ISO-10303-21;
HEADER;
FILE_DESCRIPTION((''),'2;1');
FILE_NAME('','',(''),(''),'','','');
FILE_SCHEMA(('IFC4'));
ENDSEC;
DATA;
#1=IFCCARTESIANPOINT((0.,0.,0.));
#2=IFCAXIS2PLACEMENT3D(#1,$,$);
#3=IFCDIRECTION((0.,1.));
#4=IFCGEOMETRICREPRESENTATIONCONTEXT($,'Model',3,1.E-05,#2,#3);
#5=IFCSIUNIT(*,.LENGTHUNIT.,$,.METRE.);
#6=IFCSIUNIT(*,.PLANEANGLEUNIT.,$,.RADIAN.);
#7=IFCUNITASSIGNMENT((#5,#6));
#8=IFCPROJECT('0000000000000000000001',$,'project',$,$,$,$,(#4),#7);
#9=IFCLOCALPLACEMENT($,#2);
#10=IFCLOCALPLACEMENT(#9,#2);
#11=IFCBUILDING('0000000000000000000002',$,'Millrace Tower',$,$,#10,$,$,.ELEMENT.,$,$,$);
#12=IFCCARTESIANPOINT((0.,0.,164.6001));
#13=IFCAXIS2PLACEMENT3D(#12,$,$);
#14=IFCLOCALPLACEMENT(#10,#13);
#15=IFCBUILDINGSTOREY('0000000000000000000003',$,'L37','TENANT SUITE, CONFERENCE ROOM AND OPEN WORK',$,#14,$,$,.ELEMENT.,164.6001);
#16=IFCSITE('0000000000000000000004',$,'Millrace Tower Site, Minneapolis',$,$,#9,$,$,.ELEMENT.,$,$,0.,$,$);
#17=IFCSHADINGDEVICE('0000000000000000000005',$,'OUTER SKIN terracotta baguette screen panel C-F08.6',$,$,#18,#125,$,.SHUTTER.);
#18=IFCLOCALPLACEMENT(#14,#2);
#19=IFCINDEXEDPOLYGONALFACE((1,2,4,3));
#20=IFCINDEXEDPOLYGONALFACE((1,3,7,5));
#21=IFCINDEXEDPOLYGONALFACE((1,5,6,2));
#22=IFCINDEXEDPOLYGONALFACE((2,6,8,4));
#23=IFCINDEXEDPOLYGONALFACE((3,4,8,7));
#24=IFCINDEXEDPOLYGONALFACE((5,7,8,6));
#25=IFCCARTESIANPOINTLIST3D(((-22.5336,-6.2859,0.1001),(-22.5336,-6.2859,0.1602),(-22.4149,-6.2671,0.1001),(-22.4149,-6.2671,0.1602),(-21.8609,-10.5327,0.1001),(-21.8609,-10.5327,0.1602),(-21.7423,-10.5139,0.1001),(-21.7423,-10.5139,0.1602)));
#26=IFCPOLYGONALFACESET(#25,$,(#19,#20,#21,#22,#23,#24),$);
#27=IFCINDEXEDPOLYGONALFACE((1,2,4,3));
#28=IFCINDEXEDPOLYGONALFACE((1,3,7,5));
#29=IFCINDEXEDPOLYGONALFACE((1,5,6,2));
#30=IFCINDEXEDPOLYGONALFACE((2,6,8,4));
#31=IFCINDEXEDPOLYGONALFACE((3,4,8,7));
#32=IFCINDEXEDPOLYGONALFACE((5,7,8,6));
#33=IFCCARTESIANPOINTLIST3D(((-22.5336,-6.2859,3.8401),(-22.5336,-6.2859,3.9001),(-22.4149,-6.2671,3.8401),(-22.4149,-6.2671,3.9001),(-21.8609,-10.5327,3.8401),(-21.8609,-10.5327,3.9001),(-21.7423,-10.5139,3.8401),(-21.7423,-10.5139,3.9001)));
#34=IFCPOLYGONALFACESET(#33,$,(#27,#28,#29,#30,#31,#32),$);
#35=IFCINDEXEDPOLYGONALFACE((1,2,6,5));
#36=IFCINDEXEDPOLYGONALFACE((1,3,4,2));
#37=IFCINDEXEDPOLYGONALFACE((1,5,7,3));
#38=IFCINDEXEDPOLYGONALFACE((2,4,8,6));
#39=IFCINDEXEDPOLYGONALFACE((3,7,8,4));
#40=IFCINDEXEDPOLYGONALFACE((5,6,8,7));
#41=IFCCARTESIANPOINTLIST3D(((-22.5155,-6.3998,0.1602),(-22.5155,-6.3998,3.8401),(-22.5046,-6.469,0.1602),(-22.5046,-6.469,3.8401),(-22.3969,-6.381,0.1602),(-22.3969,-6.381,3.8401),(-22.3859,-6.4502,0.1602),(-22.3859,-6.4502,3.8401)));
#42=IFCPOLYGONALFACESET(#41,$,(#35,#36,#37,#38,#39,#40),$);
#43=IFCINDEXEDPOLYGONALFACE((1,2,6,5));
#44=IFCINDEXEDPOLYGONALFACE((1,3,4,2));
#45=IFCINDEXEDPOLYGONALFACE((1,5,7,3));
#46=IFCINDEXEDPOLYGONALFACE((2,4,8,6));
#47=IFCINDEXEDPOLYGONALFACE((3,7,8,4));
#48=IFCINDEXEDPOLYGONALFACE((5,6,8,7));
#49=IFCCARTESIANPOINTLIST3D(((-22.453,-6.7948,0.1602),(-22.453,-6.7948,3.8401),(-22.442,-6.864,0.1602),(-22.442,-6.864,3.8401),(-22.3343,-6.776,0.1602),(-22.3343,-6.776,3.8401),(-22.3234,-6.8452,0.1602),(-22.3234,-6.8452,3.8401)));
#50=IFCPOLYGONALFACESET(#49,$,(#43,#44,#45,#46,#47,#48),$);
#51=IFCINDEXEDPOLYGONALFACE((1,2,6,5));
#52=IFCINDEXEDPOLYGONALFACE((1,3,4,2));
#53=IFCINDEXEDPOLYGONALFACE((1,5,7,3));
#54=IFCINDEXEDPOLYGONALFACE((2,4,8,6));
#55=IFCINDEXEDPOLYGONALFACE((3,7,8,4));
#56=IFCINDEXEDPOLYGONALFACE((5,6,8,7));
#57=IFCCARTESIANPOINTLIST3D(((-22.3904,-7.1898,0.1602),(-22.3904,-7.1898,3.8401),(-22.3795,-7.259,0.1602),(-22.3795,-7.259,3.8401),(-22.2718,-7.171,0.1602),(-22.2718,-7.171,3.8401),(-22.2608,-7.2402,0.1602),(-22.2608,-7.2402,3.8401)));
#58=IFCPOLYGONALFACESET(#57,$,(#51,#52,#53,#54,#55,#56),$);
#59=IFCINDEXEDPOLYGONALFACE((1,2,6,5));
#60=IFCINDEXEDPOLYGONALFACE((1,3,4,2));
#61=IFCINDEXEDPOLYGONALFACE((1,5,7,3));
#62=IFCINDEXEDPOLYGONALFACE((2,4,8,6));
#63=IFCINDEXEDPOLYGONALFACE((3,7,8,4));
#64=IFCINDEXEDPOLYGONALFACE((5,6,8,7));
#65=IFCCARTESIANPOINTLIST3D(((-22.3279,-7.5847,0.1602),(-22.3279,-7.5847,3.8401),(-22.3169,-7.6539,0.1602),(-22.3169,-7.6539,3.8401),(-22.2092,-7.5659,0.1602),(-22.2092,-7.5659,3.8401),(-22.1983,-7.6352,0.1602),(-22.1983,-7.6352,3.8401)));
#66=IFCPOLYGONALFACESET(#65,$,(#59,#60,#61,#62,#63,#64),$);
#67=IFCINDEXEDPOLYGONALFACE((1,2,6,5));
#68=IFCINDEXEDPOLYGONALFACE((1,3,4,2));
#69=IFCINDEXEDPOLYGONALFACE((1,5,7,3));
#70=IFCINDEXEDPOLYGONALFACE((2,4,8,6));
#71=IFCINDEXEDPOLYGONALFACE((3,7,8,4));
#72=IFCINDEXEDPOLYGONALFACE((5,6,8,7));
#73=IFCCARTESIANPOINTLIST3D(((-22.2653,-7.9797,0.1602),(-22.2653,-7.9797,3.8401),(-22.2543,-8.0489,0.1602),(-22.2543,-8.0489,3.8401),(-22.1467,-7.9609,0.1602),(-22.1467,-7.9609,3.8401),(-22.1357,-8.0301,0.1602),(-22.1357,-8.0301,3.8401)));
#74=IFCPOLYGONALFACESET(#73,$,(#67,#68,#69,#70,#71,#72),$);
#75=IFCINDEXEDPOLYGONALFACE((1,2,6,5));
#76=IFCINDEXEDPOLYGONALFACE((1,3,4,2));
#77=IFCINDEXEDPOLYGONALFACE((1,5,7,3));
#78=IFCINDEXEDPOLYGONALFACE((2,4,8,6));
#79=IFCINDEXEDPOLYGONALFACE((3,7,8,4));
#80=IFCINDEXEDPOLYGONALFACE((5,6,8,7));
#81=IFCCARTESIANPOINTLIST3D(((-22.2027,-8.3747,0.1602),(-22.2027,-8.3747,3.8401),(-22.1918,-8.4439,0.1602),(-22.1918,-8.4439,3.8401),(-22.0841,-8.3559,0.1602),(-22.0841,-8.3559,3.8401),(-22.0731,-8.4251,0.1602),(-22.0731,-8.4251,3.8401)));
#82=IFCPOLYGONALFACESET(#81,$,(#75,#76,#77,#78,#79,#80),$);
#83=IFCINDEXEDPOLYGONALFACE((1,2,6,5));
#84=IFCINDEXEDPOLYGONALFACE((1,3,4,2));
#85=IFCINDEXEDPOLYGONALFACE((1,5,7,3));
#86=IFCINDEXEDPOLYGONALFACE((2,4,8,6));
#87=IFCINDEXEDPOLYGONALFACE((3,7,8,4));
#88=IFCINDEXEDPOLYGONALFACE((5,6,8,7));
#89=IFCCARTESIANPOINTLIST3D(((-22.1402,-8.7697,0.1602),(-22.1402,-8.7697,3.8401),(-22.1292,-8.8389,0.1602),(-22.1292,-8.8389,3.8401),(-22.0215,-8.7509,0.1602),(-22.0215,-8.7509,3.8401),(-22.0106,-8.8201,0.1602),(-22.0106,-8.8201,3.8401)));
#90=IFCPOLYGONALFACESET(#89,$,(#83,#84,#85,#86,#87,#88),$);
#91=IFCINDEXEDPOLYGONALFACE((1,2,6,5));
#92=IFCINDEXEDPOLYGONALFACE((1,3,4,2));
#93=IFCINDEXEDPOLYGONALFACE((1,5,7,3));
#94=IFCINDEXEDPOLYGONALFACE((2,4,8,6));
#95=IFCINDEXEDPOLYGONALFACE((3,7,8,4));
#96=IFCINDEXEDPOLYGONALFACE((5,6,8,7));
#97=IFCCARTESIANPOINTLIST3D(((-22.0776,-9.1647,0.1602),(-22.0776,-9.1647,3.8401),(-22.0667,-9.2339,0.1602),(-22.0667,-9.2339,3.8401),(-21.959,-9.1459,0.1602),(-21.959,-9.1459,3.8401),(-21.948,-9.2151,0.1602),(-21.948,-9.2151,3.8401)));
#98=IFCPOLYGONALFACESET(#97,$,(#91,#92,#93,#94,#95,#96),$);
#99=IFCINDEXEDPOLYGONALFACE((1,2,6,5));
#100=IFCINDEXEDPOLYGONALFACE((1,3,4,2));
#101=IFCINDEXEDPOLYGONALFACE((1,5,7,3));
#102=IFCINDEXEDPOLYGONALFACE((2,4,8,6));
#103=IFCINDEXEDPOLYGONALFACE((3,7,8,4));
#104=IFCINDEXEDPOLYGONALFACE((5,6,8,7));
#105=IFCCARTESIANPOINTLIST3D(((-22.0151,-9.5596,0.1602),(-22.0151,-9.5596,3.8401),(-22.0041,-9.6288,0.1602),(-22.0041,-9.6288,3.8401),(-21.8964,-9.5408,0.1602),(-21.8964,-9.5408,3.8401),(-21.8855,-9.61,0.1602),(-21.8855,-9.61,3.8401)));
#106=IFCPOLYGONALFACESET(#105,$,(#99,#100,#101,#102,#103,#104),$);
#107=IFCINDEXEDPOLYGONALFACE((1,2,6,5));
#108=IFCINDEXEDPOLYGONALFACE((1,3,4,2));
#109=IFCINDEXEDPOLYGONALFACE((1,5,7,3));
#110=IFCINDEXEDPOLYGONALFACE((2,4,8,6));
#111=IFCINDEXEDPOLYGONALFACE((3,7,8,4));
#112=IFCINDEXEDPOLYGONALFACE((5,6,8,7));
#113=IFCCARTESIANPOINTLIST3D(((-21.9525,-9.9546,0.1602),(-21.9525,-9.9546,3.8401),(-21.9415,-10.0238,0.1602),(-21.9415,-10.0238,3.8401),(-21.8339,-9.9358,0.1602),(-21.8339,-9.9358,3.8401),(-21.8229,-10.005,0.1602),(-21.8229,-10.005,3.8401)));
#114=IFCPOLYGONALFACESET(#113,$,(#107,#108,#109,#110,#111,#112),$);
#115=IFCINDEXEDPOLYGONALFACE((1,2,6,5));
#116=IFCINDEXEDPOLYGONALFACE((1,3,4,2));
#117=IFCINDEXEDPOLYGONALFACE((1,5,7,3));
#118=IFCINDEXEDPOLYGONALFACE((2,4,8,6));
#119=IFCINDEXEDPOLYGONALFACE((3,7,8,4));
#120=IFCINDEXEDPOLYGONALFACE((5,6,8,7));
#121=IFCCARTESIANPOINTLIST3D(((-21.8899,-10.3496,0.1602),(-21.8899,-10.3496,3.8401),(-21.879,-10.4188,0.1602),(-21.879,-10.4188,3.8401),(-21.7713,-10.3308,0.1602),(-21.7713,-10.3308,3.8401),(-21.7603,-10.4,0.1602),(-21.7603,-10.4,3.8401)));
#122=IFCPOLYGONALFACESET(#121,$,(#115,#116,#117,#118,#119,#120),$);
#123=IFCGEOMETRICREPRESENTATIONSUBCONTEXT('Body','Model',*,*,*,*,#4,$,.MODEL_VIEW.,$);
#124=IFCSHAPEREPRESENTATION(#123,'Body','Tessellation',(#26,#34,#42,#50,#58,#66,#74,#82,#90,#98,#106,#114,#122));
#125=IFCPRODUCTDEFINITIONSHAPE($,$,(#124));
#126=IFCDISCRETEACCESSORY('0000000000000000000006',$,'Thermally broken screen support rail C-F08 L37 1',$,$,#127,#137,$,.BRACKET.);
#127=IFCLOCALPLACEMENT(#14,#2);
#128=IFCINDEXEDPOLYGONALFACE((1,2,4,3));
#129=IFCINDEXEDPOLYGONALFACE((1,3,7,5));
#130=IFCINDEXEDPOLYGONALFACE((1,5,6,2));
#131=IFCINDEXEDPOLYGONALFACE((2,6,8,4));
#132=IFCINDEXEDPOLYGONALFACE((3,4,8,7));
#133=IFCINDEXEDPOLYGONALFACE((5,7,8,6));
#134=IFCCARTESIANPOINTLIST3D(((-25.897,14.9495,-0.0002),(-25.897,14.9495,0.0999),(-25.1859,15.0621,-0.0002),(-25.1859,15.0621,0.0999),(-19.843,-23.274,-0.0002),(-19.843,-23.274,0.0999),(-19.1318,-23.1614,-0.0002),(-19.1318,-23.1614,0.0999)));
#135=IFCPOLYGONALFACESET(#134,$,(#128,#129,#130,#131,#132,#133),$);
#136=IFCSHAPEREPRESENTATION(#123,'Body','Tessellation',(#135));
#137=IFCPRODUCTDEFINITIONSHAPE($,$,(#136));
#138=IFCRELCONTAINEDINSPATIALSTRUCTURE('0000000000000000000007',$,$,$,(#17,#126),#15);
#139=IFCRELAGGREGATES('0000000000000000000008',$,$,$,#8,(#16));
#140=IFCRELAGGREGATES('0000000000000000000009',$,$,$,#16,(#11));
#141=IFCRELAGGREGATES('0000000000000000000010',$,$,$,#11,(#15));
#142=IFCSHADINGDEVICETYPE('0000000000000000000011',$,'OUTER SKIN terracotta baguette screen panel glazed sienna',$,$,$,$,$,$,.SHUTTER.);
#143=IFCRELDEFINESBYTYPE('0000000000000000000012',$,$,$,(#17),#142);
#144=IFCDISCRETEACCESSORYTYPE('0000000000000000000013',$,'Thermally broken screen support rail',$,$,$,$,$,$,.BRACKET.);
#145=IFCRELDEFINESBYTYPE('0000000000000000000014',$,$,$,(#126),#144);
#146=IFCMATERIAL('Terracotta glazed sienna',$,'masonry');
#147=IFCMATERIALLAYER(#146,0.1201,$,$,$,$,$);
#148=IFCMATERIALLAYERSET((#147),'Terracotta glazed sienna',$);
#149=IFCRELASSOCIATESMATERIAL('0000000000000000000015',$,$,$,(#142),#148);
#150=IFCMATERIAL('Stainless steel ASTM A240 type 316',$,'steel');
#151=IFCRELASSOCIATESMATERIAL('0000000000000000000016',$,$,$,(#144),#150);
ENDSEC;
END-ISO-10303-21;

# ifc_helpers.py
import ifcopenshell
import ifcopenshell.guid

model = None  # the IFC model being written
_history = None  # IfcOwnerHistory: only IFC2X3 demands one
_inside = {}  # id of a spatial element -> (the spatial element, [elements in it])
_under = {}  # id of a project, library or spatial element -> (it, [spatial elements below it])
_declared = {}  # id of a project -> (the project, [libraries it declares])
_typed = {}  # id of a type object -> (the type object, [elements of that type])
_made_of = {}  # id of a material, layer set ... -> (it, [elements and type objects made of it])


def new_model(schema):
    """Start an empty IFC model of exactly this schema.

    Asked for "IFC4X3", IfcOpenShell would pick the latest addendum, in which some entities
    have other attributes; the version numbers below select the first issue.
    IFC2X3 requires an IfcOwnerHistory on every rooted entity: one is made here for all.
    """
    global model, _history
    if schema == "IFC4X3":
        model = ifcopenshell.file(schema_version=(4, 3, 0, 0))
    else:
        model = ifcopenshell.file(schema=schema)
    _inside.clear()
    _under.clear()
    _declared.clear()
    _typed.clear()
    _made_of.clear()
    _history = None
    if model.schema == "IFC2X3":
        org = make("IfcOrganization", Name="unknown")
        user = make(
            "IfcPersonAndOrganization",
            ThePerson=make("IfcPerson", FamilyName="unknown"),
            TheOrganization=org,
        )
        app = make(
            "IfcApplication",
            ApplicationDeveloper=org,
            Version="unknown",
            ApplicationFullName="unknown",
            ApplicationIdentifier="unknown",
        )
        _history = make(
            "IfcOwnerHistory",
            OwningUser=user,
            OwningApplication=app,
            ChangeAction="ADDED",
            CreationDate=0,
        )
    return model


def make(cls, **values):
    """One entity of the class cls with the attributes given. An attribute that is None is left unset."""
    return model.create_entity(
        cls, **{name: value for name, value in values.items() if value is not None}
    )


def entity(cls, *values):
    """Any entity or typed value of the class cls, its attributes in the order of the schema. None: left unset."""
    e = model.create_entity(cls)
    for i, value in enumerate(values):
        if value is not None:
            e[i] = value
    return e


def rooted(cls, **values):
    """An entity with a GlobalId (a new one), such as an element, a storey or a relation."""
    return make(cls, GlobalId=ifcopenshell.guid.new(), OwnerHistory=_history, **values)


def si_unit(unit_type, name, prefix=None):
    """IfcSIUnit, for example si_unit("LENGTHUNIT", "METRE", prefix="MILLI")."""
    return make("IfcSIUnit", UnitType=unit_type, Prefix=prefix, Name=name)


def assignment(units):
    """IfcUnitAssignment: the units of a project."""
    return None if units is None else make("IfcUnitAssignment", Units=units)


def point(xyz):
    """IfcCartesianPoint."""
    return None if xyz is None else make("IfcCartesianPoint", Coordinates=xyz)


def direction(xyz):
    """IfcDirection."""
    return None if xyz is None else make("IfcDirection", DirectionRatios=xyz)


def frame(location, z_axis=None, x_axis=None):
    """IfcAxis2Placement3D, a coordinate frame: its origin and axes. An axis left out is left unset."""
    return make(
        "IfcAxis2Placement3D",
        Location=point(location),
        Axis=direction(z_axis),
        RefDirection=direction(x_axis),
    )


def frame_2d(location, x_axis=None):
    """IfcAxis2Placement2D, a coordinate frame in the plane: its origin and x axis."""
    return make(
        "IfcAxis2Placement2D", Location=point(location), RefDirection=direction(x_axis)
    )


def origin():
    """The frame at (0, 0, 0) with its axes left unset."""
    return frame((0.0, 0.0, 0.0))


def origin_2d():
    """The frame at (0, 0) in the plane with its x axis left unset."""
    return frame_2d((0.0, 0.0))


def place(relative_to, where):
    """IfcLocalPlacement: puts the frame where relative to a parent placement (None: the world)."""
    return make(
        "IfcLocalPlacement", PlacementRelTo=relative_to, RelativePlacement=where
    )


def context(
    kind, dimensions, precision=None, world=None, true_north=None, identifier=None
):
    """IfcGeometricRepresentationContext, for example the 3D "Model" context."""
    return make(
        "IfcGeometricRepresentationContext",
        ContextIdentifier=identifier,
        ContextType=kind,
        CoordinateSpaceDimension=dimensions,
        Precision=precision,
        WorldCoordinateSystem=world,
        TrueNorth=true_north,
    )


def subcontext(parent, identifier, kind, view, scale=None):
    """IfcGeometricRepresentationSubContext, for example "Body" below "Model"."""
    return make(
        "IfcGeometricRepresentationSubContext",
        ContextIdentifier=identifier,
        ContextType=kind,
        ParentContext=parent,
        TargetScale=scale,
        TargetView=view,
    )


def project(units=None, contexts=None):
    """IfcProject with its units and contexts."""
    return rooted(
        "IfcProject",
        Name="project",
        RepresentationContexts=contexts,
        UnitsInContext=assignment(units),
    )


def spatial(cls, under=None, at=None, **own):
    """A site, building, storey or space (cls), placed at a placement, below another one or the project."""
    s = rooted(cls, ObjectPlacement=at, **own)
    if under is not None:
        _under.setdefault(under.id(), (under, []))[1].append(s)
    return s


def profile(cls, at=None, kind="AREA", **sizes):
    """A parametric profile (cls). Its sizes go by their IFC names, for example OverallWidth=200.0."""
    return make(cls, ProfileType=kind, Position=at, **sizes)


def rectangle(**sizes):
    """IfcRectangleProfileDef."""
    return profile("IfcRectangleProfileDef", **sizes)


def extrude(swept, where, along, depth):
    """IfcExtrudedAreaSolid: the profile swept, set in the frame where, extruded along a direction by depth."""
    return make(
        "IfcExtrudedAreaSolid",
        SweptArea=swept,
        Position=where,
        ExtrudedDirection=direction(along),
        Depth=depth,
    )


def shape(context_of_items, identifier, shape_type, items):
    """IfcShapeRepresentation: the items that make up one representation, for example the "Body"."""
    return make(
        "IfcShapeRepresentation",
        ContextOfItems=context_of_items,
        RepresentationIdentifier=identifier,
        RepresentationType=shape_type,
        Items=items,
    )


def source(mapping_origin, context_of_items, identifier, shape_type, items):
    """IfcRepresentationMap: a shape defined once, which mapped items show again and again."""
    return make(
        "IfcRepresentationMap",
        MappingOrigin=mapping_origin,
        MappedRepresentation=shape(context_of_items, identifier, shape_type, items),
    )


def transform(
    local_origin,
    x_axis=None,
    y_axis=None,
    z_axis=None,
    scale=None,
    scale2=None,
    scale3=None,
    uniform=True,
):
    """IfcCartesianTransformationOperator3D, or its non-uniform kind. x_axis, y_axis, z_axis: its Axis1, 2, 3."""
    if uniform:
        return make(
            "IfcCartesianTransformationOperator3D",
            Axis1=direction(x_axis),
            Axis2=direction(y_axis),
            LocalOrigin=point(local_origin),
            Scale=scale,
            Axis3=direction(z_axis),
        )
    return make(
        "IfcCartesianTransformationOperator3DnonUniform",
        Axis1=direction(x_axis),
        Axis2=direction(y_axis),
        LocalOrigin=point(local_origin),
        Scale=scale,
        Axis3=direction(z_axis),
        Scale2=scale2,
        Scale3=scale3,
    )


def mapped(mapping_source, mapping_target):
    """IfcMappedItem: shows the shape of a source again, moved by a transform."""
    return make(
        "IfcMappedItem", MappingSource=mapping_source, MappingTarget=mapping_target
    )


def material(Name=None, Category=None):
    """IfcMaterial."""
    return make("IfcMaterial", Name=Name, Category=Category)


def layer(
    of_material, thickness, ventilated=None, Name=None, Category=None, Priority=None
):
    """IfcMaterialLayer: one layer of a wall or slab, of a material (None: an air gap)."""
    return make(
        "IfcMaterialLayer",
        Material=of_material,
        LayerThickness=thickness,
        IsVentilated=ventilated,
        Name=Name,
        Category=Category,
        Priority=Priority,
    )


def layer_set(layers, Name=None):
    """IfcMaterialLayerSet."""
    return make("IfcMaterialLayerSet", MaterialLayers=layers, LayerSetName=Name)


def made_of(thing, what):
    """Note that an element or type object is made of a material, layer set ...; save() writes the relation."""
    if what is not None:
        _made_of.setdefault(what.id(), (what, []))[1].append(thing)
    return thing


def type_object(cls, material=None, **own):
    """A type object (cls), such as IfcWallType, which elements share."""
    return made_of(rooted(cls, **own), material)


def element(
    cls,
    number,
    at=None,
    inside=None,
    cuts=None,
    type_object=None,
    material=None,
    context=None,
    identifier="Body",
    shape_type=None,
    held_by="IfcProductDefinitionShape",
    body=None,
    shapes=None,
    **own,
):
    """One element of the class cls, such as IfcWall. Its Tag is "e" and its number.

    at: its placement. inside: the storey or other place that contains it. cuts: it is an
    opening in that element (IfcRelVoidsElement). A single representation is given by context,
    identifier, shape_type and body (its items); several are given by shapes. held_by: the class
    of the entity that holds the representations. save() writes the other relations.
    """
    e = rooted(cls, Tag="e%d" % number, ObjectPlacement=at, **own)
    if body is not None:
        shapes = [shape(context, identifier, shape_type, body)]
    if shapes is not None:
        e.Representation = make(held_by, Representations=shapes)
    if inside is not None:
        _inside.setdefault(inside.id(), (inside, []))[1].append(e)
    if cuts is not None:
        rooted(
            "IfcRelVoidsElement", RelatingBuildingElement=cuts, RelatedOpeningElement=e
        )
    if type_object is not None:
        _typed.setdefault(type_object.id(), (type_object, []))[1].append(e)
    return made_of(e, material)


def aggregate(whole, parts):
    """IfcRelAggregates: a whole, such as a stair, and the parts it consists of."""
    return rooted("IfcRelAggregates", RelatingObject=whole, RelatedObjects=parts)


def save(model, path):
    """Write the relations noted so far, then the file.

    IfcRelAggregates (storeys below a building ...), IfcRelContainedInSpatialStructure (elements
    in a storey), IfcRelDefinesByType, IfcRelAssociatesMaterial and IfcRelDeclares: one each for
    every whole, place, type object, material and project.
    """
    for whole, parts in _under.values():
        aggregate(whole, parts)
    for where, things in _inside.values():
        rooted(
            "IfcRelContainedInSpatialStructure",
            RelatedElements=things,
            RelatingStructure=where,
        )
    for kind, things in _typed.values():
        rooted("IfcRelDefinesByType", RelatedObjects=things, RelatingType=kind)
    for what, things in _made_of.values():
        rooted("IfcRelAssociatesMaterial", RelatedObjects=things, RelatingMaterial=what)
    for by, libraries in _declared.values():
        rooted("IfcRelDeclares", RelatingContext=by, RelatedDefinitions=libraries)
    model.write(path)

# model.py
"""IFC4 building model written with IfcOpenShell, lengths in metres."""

from ifc_helpers import new_model, entity, si_unit, direction, frame, frame_2d, origin, origin_2d, place, context, subcontext, project, spatial, rectangle, extrude, source, transform, mapped, material, layer, layer_set, type_object, element, save


model = new_model("IFC4")

# Units and contexts
model_context = context("Model", 3, precision=1e-05, world=origin(), true_north=direction((0.0, 1.0)))
body_context = subcontext(model_context, "Body", "Model", "MODEL_VIEW")
ifc_project = project(units=[si_unit("LENGTHUNIT", "METRE"), si_unit("PLANEANGLEUNIT", "RADIAN")], contexts=[model_context])

# Site, building, storey
site_placement = place(None, origin())
site = spatial("IfcSite", under=ifc_project, at=site_placement, Name="Millrace Tower Site, Minneapolis", CompositionType="ELEMENT", RefElevation=0.0)
building_placement = place(site_placement, origin())
building = spatial("IfcBuilding", under=site, at=building_placement, Name="Millrace Tower", CompositionType="ELEMENT")
storey_placement = place(building_placement, frame((0.0, 0.0, 164.6001)))
storey = spatial("IfcBuildingStorey", under=building, at=storey_placement, Name="L37", Description="TENANT SUITE, CONFERENCE ROOM AND OPEN WORK", CompositionType="ELEMENT", Elevation=164.6001)

# Shading device
ifc_material_1 = material(Name="Terracotta glazed sienna", Category="masonry")
ifc_layer_1 = layer(ifc_material_1, 0.1201)
ifc_layer_set_1 = layer_set([ifc_layer_1], Name="Terracotta glazed sienna")
shading_device_type = type_object("IfcShadingDeviceType", Name="OUTER SKIN terracotta baguette screen panel glazed sienna", PredefinedType="SHUTTER", material=ifc_layer_set_1)
cartesian_point = entity("IfcCartesianPoint", [-2.1499, 0.0601])
shared_polyline = entity("IfcPolyline", [cartesian_point, entity("IfcCartesianPoint", [2.1499, 0.0601]), entity("IfcCartesianPoint", [2.1499, -0.0601]), entity("IfcCartesianPoint", [-2.1499, -0.0601]), cartesian_point])
shared_shape = source(origin(), body_context, "Body", "SweptSolid", [
    entity("IfcExtrudedAreaSolid", entity("IfcArbitraryClosedProfileDef", "AREA", None, shared_polyline), entity("IfcAxis2Placement3D", entity("IfcCartesianPoint", [0.0, 0.0, 0.0])), entity("IfcDirection", [0.0, 0.0, 1.0]), 0.0601),
    entity("IfcExtrudedAreaSolid", entity("IfcArbitraryClosedProfileDef", "AREA", None, shared_polyline), entity("IfcAxis2Placement3D", entity("IfcCartesianPoint", [0.0, 0.0, 3.74])), entity("IfcDirection", [0.0, 0.0, 1.0]), 0.0601),
    extrude(rectangle(XDim=0.0701, YDim=0.1201, at=frame_2d((-1.9995, 0.0))), frame((0.0, 0.0, 0.0601)), (0.0, 0.0, 1.0), 3.6799),
    extrude(rectangle(XDim=0.0701, YDim=0.1201, at=frame_2d((-1.5996, 0.0))), frame((0.0, 0.0, 0.0601)), (0.0, 0.0, 1.0), 3.6799),
    extrude(rectangle(XDim=0.0701, YDim=0.1201, at=frame_2d((-1.1997, 0.0))), frame((0.0, 0.0, 0.0601)), (0.0, 0.0, 1.0), 3.6799),
    extrude(rectangle(XDim=0.0701, YDim=0.1201, at=frame_2d((-0.7998, 0.0))), frame((0.0, 0.0, 0.0601)), (0.0, 0.0, 1.0), 3.6799),
    extrude(rectangle(XDim=0.0701, YDim=0.1201, at=frame_2d((-0.3999, 0.0))), frame((0.0, 0.0, 0.0601)), (0.0, 0.0, 1.0), 3.6799),
    extrude(rectangle(XDim=0.0701, YDim=0.1201, at=origin_2d()), frame((0.0, 0.0, 0.0601)), (0.0, 0.0, 1.0), 3.6799),
    extrude(rectangle(XDim=0.0701, YDim=0.1201, at=frame_2d((0.3999, 0.0))), frame((0.0, 0.0, 0.0601)), (0.0, 0.0, 1.0), 3.6799),
    extrude(rectangle(XDim=0.0701, YDim=0.1201, at=frame_2d((0.7998, 0.0))), frame((0.0, 0.0, 0.0601)), (0.0, 0.0, 1.0), 3.6799),
    extrude(rectangle(XDim=0.0701, YDim=0.1201, at=frame_2d((1.1997, 0.0))), frame((0.0, 0.0, 0.0601)), (0.0, 0.0, 1.0), 3.6799),
    extrude(rectangle(XDim=0.0701, YDim=0.1201, at=frame_2d((1.5996, 0.0))), frame((0.0, 0.0, 0.0601)), (0.0, 0.0, 1.0), 3.6799),
    extrude(rectangle(XDim=0.0701, YDim=0.1201, at=frame_2d((1.9995, 0.0))), frame((0.0, 0.0, 0.0601)), (0.0, 0.0, 1.0), 3.6799),
])
for number, where, z_axis, x_axis, name in (
    (1, (-22.1379, -8.3999, 0.1001), (0.0, 0.0, 1.0), (0.156434, -0.987688, 0.0), "OUTER SKIN terracotta baguette screen panel C-F08.6"),
):
    element("IfcShadingDevice", number, at=place(storey_placement, frame(where, z_axis=z_axis, x_axis=x_axis)), inside=storey, type_object=shading_device_type, Name=name, PredefinedType="SHUTTER", context=body_context, shape_type="MappedRepresentation", body=[
        mapped(shared_shape, transform((0.0, 0.0, 0.0), scale=1.0)),
    ])

# Discrete accessory
ifc_material_2 = material(Name="Stainless steel ASTM A240 type 316", Category="steel")
discrete_accessory_type = type_object("IfcDiscreteAccessoryType", Name="Thermally broken screen support rail", PredefinedType="BRACKET", material=ifc_material_2)
discrete_accessory_placement = place(storey_placement, frame((-22.5144, -4.106, -0.0002), z_axis=(0.0, 0.0, 1.0), x_axis=(0.156434, -0.987688, 0.0)))
element("IfcDiscreteAccessory", 2, at=discrete_accessory_placement, inside=storey, type_object=discrete_accessory_type, Name="Thermally broken screen support rail C-F08 L37 1", PredefinedType="BRACKET", context=body_context, shape_type="SweptSolid", body=[
    extrude(rectangle(XDim=38.7, YDim=0.72, at=origin_2d()), origin(), (0.0, 0.0, 1.0), 0.1001),
])

save(model, "model.ifc")
